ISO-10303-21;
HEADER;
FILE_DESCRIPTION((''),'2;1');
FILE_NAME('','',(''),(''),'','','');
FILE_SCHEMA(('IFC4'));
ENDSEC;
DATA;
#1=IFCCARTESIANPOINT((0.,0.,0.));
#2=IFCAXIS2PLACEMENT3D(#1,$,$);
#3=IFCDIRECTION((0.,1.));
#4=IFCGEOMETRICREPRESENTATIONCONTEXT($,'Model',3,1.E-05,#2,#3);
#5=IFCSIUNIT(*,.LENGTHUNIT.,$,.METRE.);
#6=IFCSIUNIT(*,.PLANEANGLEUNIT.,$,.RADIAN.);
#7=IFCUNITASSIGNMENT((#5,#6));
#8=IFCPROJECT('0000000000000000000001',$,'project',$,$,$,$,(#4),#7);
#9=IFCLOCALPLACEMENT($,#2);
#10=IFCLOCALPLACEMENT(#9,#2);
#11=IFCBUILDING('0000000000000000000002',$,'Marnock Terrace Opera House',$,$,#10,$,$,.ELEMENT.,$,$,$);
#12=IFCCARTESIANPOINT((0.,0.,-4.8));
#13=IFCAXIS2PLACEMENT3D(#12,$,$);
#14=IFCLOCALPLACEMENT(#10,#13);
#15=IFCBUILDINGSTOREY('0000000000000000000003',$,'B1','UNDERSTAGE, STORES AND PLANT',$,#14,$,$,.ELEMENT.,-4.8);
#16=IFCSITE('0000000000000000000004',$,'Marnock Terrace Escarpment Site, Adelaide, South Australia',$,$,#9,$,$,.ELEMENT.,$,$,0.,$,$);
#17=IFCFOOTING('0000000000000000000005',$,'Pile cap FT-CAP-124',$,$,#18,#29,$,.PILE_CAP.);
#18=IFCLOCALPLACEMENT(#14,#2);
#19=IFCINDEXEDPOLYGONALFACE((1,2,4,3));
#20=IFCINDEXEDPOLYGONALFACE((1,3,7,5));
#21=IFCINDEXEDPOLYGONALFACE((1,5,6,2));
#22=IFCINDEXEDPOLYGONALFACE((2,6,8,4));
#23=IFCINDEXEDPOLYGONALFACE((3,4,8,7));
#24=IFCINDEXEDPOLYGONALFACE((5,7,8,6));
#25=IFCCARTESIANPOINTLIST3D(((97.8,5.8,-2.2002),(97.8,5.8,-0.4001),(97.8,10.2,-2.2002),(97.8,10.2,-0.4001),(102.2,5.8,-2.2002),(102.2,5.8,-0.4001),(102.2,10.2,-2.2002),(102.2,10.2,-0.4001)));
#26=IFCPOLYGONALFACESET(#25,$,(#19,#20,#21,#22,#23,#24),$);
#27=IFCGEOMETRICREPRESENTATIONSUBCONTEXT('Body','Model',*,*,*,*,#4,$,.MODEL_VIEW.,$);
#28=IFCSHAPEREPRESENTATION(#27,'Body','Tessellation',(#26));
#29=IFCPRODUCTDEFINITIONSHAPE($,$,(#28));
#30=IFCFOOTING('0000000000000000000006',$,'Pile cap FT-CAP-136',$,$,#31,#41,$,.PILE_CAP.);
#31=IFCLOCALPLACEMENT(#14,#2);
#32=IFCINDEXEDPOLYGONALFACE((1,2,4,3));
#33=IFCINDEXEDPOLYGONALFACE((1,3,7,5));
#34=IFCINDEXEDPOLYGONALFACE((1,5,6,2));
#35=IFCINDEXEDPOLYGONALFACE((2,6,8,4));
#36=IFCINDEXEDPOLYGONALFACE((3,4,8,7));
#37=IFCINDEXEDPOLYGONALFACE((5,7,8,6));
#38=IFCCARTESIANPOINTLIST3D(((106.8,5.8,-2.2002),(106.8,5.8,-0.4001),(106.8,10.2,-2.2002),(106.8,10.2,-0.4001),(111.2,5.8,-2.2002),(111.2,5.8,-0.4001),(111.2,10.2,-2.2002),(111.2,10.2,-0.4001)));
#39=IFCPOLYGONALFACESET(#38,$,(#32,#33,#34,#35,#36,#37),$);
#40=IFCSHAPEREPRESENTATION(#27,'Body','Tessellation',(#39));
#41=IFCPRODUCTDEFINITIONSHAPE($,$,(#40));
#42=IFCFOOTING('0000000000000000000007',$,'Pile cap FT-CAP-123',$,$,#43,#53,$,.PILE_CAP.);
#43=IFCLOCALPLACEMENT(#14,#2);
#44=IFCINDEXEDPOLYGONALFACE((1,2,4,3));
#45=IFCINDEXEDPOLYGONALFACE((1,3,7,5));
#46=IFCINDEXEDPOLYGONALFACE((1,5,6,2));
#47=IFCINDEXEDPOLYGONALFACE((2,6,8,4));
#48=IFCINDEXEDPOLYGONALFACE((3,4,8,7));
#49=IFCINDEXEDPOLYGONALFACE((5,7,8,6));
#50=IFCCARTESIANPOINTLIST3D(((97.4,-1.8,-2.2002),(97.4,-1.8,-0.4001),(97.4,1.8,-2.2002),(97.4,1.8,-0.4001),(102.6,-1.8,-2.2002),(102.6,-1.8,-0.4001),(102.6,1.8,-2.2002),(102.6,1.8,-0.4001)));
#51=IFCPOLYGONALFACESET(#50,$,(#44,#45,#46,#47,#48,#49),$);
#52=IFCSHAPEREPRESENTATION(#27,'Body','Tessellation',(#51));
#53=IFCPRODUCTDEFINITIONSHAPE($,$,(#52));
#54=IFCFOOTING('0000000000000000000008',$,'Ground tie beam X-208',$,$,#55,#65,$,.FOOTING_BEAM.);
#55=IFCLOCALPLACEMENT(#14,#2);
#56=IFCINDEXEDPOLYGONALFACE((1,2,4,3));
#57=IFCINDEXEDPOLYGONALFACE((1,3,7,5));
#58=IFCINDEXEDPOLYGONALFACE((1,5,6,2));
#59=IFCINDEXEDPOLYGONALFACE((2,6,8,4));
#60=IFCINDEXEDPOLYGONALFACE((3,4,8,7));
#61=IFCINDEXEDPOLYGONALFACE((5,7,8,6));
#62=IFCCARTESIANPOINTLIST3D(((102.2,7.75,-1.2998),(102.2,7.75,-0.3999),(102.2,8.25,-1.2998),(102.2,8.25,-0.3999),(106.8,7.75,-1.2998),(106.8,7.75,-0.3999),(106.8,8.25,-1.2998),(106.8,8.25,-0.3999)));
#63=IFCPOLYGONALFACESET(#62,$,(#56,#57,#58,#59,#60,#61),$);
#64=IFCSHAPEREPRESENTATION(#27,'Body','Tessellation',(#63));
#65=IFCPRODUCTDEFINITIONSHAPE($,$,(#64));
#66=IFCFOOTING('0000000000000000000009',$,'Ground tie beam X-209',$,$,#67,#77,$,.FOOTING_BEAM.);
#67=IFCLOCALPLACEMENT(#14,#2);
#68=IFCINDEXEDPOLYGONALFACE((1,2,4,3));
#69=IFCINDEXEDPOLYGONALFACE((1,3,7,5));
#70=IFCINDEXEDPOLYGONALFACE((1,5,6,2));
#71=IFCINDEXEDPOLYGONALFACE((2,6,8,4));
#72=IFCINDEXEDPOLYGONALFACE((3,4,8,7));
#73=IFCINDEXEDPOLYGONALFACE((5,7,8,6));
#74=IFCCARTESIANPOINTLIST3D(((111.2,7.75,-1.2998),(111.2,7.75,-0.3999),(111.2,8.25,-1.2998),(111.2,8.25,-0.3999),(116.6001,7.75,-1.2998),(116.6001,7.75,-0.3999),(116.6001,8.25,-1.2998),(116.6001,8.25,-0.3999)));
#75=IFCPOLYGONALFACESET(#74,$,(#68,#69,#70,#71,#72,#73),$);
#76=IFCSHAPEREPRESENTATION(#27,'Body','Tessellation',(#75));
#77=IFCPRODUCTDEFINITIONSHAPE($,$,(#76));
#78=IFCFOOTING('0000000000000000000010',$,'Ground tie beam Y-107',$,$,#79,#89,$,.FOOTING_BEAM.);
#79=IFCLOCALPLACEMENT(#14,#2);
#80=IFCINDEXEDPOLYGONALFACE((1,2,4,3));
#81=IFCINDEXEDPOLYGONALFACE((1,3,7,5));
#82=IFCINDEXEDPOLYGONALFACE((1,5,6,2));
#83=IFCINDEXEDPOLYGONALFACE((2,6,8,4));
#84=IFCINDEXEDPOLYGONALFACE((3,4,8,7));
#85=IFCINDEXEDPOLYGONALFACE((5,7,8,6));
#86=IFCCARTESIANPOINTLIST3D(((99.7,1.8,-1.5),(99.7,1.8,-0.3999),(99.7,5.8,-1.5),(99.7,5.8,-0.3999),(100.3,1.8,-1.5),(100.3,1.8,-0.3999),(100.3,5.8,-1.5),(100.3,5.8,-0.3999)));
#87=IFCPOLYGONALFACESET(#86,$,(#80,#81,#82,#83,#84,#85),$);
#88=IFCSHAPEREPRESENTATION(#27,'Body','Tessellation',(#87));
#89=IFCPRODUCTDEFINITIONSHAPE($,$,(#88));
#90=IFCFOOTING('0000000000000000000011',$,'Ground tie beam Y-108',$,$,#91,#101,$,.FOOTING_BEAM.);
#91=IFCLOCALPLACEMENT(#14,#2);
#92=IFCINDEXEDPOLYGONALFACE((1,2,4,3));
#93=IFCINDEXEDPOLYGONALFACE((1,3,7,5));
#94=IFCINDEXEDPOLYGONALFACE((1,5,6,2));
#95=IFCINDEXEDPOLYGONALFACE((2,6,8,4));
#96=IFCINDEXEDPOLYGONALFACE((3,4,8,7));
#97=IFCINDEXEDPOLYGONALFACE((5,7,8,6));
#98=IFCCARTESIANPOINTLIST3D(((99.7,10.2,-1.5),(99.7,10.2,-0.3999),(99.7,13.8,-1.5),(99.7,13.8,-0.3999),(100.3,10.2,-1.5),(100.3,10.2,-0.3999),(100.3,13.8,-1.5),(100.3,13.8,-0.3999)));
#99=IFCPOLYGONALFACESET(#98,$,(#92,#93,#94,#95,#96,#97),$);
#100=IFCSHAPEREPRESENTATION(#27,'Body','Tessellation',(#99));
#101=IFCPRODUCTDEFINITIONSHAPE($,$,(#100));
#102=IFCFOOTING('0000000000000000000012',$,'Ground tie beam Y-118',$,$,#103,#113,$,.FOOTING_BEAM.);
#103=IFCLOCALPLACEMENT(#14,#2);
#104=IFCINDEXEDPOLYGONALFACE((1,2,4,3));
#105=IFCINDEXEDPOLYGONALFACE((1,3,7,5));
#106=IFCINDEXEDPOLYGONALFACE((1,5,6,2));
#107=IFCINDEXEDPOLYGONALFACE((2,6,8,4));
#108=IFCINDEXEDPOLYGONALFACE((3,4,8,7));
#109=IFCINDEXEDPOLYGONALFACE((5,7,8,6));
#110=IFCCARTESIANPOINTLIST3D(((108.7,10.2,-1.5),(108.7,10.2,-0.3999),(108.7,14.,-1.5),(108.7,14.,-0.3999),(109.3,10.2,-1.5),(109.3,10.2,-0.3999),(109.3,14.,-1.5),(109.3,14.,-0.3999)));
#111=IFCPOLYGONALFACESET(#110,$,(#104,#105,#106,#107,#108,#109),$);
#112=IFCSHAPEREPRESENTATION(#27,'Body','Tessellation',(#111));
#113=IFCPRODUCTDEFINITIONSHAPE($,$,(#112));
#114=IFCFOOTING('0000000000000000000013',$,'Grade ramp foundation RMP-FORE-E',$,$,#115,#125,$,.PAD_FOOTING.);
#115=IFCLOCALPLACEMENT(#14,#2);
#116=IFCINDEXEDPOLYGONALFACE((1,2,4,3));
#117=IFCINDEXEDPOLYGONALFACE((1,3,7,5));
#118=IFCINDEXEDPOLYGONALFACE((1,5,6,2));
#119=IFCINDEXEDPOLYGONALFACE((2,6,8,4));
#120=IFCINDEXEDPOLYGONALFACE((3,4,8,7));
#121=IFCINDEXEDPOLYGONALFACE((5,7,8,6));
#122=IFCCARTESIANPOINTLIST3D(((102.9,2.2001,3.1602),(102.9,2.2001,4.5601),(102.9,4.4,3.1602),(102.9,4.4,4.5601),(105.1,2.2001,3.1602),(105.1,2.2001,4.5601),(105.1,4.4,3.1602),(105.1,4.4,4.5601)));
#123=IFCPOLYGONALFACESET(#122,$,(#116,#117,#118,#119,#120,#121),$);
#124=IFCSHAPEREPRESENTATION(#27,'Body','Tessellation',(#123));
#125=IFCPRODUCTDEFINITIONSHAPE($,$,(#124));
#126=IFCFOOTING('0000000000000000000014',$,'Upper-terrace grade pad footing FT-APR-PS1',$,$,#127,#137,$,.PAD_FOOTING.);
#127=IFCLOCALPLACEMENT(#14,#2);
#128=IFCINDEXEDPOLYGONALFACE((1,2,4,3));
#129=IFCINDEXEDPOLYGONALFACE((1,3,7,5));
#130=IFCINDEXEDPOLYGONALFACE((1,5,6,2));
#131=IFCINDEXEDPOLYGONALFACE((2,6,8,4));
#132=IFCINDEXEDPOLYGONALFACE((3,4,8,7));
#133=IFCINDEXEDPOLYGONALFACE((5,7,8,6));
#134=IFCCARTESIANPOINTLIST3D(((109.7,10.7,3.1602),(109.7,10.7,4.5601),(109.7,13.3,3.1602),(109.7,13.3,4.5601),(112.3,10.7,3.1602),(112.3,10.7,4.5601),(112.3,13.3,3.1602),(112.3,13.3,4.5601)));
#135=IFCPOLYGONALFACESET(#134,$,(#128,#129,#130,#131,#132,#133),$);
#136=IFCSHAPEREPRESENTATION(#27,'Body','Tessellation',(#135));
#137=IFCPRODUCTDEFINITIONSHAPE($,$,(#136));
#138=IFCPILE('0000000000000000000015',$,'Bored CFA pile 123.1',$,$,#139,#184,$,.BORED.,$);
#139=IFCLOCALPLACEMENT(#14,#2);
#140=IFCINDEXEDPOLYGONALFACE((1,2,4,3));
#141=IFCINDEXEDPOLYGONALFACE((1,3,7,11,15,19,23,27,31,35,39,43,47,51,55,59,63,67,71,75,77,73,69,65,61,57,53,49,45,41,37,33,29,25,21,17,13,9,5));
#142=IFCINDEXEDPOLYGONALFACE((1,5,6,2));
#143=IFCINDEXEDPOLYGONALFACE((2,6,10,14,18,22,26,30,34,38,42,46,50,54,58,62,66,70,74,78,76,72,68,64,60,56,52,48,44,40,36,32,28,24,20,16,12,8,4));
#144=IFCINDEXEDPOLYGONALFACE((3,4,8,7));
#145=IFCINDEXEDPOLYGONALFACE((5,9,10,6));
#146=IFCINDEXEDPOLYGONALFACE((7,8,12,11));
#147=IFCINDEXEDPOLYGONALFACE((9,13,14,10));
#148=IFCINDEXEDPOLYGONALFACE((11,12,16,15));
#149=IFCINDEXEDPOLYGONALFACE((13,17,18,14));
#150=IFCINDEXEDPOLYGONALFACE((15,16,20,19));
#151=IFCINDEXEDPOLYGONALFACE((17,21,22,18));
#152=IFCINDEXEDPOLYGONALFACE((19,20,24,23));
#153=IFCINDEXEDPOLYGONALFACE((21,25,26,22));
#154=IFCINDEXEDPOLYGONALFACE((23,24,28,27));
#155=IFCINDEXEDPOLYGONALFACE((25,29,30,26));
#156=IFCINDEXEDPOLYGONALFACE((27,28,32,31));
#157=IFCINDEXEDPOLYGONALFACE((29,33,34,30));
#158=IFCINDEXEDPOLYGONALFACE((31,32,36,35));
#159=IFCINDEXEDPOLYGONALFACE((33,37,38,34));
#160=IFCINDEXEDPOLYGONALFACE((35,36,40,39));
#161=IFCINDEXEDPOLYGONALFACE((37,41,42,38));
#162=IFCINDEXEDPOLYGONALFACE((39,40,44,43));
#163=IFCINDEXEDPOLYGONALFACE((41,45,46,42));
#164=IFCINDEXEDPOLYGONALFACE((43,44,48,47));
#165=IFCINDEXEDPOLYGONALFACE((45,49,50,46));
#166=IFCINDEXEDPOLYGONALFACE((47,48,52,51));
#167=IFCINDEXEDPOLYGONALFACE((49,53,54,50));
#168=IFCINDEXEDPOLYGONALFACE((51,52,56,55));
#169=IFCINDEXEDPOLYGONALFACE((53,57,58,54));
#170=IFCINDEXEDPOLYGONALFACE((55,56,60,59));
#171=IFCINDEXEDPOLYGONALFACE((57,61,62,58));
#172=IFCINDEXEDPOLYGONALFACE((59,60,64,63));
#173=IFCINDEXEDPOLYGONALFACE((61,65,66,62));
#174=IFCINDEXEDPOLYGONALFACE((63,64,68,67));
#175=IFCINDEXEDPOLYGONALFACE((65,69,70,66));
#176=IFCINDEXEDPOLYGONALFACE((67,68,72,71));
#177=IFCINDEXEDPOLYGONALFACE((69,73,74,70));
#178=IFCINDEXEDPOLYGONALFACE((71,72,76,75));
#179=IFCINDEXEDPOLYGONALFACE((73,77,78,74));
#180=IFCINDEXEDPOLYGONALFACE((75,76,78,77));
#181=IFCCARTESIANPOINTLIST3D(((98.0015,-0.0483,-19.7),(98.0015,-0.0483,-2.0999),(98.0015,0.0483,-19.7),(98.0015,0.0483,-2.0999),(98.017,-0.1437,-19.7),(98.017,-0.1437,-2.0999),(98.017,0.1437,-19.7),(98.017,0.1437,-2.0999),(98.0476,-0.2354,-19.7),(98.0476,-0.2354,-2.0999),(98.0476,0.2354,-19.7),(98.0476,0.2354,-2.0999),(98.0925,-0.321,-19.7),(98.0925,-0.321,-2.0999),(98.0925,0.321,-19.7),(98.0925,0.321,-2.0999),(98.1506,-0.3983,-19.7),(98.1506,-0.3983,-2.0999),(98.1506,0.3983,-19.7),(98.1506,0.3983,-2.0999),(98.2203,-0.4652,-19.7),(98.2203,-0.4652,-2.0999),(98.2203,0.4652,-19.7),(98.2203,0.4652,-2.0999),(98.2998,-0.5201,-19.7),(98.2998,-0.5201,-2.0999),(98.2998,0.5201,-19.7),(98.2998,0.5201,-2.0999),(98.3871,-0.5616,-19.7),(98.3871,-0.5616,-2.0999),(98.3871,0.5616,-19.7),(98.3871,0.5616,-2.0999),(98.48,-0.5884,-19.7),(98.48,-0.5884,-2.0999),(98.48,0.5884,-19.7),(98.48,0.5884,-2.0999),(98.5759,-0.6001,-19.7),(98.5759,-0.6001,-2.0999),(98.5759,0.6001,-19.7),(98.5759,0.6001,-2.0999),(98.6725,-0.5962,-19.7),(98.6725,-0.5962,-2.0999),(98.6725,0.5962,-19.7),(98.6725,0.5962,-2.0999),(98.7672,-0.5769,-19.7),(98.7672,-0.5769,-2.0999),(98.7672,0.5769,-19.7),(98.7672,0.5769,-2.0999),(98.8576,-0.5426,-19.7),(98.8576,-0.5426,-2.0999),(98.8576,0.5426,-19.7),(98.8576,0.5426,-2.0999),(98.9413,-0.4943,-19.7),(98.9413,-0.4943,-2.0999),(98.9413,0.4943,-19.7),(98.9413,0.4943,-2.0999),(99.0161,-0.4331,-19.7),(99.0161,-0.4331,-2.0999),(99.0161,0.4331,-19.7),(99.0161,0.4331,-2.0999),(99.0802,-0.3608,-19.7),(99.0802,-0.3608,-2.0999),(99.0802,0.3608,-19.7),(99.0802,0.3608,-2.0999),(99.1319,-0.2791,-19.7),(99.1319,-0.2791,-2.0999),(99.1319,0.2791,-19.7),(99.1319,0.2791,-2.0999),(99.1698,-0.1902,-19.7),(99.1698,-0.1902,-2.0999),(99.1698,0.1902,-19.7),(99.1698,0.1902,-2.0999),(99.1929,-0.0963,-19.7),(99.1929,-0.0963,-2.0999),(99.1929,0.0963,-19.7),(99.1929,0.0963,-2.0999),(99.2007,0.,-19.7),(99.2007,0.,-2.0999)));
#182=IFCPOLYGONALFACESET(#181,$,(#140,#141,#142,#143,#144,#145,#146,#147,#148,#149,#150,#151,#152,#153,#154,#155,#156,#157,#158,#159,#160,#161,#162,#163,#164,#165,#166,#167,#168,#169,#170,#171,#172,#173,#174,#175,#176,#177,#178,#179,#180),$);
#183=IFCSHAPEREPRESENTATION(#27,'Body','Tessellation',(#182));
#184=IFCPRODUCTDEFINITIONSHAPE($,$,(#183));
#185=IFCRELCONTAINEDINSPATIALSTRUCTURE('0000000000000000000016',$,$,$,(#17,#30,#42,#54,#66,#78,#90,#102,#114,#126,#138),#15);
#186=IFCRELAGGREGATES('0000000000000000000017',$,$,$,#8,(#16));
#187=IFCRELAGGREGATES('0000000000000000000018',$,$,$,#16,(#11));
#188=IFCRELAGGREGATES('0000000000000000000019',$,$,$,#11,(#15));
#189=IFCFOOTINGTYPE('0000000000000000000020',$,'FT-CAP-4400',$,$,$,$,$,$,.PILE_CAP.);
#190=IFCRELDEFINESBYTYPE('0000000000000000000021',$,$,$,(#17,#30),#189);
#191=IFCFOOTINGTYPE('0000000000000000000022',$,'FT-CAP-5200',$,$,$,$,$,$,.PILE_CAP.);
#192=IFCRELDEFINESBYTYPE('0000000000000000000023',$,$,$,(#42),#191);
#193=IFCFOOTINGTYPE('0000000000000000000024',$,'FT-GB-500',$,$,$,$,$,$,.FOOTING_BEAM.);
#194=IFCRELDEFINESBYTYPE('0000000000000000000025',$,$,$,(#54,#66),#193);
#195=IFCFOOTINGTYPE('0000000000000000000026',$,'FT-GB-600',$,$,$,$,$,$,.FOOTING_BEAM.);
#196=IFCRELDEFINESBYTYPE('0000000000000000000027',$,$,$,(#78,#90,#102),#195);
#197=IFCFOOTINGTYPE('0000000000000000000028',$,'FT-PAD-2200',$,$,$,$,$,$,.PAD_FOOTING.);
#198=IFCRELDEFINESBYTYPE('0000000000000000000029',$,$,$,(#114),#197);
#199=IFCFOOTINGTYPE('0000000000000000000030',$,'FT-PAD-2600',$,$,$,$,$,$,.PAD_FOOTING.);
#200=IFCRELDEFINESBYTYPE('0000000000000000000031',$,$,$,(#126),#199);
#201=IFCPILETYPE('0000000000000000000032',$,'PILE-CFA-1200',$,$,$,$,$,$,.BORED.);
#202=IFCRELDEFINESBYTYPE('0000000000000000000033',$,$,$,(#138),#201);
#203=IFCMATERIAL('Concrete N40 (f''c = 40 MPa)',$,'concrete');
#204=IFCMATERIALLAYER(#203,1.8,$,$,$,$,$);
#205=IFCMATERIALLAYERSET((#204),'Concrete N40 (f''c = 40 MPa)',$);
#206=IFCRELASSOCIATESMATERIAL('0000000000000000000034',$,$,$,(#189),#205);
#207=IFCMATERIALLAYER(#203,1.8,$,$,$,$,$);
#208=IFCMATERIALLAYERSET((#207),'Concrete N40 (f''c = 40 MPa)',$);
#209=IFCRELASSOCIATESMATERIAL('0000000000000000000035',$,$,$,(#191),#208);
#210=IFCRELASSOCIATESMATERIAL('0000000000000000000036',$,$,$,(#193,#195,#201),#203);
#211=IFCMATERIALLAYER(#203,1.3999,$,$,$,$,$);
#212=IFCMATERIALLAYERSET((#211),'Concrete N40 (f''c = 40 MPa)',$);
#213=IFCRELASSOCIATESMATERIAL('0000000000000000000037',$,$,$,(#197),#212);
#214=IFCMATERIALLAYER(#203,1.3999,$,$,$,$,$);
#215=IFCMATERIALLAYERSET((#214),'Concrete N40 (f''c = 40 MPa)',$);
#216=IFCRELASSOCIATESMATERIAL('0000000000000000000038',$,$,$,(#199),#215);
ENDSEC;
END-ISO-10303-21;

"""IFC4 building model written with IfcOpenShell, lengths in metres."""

from ifc_helpers import new_model, si_unit, direction, frame, origin, origin_2d, place, context, subcontext, project, spatial, rectangle, circle, extrude, material, layer, layer_set, material_profile, profile_set, type_object, element, save


model = new_model("IFC4")

# Units and contexts
model_context = context("Model", 3, precision=1e-05, world=origin(), true_north=direction((0.0, 1.0)))
body_context = subcontext(model_context, "Body", "Model", "MODEL_VIEW")
ifc_project = project(units=[si_unit("LENGTHUNIT", "METRE"), si_unit("PLANEANGLEUNIT", "RADIAN")], contexts=[model_context])

# Site, building, storey
site_placement = place(None, origin())
site = spatial("IfcSite", under=ifc_project, at=site_placement, Name="Marnock Terrace Escarpment Site, Adelaide, South Australia", CompositionType="ELEMENT", RefElevation=0.0)
building_placement = place(site_placement, origin())
building = spatial("IfcBuilding", under=site, at=building_placement, Name="Marnock Terrace Opera House", CompositionType="ELEMENT")
storey_placement = place(building_placement, frame((0.0, 0.0, -4.8)))
storey = spatial("IfcBuildingStorey", under=building, at=storey_placement, Name="B1", Description="UNDERSTAGE, STORES AND PLANT", CompositionType="ELEMENT", Elevation=-4.8)

# Footings
ifc_material_1 = material(Name="Concrete N40 (f'c = 40 MPa)", Category="concrete")
ifc_layer_1 = layer(ifc_material_1, 1.8)
ifc_layer_set_1 = layer_set([ifc_layer_1], Name="Concrete N40 (f'c = 40 MPa)")
footing_type_1 = type_object("IfcFootingType", Name="FT-CAP-4400", PredefinedType="PILE_CAP", material=ifc_layer_set_1)
for number, where, z_axis, x_axis, name in (
    (1, (100.0, 8.0, -2.2002), (0.0, 0.0, 1.0), (1.0, 0.0, 0.0), "Pile cap FT-CAP-124"),
    (2, (109.0, 8.0, -2.2002), (0.0, 0.0, 1.0), (1.0, 0.0, 0.0), "Pile cap FT-CAP-136"),
):
    element("IfcFooting", number, at=place(storey_placement, frame(where, z_axis=z_axis, x_axis=x_axis)), inside=storey, type_object=footing_type_1, Name=name, PredefinedType="PILE_CAP", context=body_context, shape_type="SweptSolid", body=[
        extrude(rectangle(XDim=4.3999, YDim=4.3999, at=origin_2d()), origin(), (0.0, 0.0, 1.0), 1.8),
    ])
ifc_layer_2 = layer(ifc_material_1, 1.8)
ifc_layer_set_2 = layer_set([ifc_layer_2], Name="Concrete N40 (f'c = 40 MPa)")
footing_type_2 = type_object("IfcFootingType", Name="FT-CAP-5200", PredefinedType="PILE_CAP", material=ifc_layer_set_2)
footing_1_placement = place(storey_placement, frame((100.0, 0.0, -2.2002), z_axis=(0.0, 0.0, 1.0), x_axis=(1.0, 0.0, 0.0)))
element("IfcFooting", 3, at=footing_1_placement, inside=storey, type_object=footing_type_2, Name="Pile cap FT-CAP-123", PredefinedType="PILE_CAP", context=body_context, shape_type="SweptSolid", body=[
    extrude(rectangle(XDim=5.2, YDim=3.6001, at=origin_2d()), origin(), (0.0, 0.0, 1.0), 1.8),
])
ifc_material_profile_1 = material_profile(ifc_material_1, rectangle(XDim=0.5, YDim=0.8999, at=origin_2d()))
ifc_profile_set_1 = profile_set([ifc_material_profile_1], Name="Concrete N40 (f'c = 40 MPa)")
footing_type_3 = type_object("IfcFootingType", Name="FT-GB-500", PredefinedType="FOOTING_BEAM", material=ifc_profile_set_1)
footing_2_placement = place(storey_placement, frame((102.2, 8.0, -0.8499), z_axis=(1.0, 0.0, 0.0), x_axis=(0.0, 1.0, 0.0)))
element("IfcFooting", 4, at=footing_2_placement, inside=storey, type_object=footing_type_3, Name="Ground tie beam X-208", PredefinedType="FOOTING_BEAM", context=body_context, shape_type="SweptSolid", body=[
    extrude(rectangle(XDim=0.5, YDim=0.8999, at=origin_2d()), origin(), (0.0, 0.0, 1.0), 4.6001),
])
footing_3_placement = place(storey_placement, frame((111.2, 8.0, -0.8499), z_axis=(1.0, 0.0, 0.0), x_axis=(0.0, 1.0, 0.0)))
element("IfcFooting", 5, at=footing_3_placement, inside=storey, type_object=footing_type_3, Name="Ground tie beam X-209", PredefinedType="FOOTING_BEAM", context=body_context, shape_type="SweptSolid", body=[
    extrude(rectangle(XDim=0.5, YDim=0.8999, at=origin_2d()), origin(), (0.0, 0.0, 1.0), 5.4001),
])
ifc_material_profile_2 = material_profile(ifc_material_1, rectangle(XDim=0.6001, YDim=1.1001, at=origin_2d()))
ifc_profile_set_2 = profile_set([ifc_material_profile_2], Name="Concrete N40 (f'c = 40 MPa)")
footing_type_4 = type_object("IfcFootingType", Name="FT-GB-600", PredefinedType="FOOTING_BEAM", material=ifc_profile_set_2)
footing_4_placement = place(storey_placement, frame((100.0, 1.8, -0.95), z_axis=(0.0, 1.0, 0.0), x_axis=(-1.0, 0.0, 0.0)))
element("IfcFooting", 6, at=footing_4_placement, inside=storey, type_object=footing_type_4, Name="Ground tie beam Y-107", PredefinedType="FOOTING_BEAM", context=body_context, shape_type="SweptSolid", body=[
    extrude(rectangle(XDim=0.6001, YDim=1.1001, at=origin_2d()), origin(), (0.0, 0.0, 1.0), 4.0),
])
footing_5_placement = place(storey_placement, frame((100.0, 10.2, -0.95), z_axis=(0.0, 1.0, 0.0), x_axis=(-1.0, 0.0, 0.0)))
element("IfcFooting", 7, at=footing_5_placement, inside=storey, type_object=footing_type_4, Name="Ground tie beam Y-108", PredefinedType="FOOTING_BEAM", context=body_context, shape_type="SweptSolid", body=[
    extrude(rectangle(XDim=0.6001, YDim=1.1001, at=origin_2d()), origin(), (0.0, 0.0, 1.0), 3.6001),
])
footing_6_placement = place(storey_placement, frame((109.0, 10.2, -0.95), z_axis=(0.0, 1.0, 0.0), x_axis=(-1.0, 0.0, 0.0)))
element("IfcFooting", 8, at=footing_6_placement, inside=storey, type_object=footing_type_4, Name="Ground tie beam Y-118", PredefinedType="FOOTING_BEAM", context=body_context, shape_type="SweptSolid", body=[
    extrude(rectangle(XDim=0.6001, YDim=1.1001, at=origin_2d()), origin(), (0.0, 0.0, 1.0), 3.8),
])
ifc_layer_3 = layer(ifc_material_1, 1.3999)
ifc_layer_set_3 = layer_set([ifc_layer_3], Name="Concrete N40 (f'c = 40 MPa)")
footing_type_5 = type_object("IfcFootingType", Name="FT-PAD-2200", PredefinedType="PAD_FOOTING", material=ifc_layer_set_3)
footing_7_placement = place(storey_placement, frame((104.0, 3.3, 3.1602), z_axis=(0.0, 0.0, 1.0), x_axis=(1.0, 0.0, 0.0)))
element("IfcFooting", 9, at=footing_7_placement, inside=storey, type_object=footing_type_5, Name="Grade ramp foundation RMP-FORE-E", PredefinedType="PAD_FOOTING", context=body_context, shape_type="SweptSolid", body=[
    extrude(rectangle(XDim=2.2, YDim=2.2, at=origin_2d()), origin(), (0.0, 0.0, 1.0), 1.3999),
])
ifc_layer_4 = layer(ifc_material_1, 1.3999)
ifc_layer_set_4 = layer_set([ifc_layer_4], Name="Concrete N40 (f'c = 40 MPa)")
footing_type_6 = type_object("IfcFootingType", Name="FT-PAD-2600", PredefinedType="PAD_FOOTING", material=ifc_layer_set_4)
footing_8_placement = place(storey_placement, frame((111.0, 12.0, 3.1602), z_axis=(0.0, 0.0, 1.0), x_axis=(1.0, 0.0, 0.0)))
element("IfcFooting", 10, at=footing_8_placement, inside=storey, type_object=footing_type_6, Name="Upper-terrace grade pad footing FT-APR-PS1", PredefinedType="PAD_FOOTING", context=body_context, shape_type="SweptSolid", body=[
    extrude(rectangle(XDim=2.6001, YDim=2.6001, at=origin_2d()), origin(), (0.0, 0.0, 1.0), 1.3999),
])

# Pile
ifc_material_profile_3 = material_profile(ifc_material_1, circle(Radius=0.6006, at=origin_2d()))
ifc_profile_set_3 = profile_set([ifc_material_profile_3], Name="Concrete N40 (f'c = 40 MPa)")
pile_type = type_object("IfcPileType", Name="PILE-CFA-1200", PredefinedType="BORED", material=ifc_profile_set_3)
for number, where, z_axis, x_axis, name in (
    (11, (98.6001, 0.0, -2.0999), (0.0, 0.0, -1.0), (1.0, 0.0, 0.0), "Bored CFA pile 123.1"),
):
    element("IfcPile", number, at=place(storey_placement, frame(where, z_axis=z_axis, x_axis=x_axis)), inside=storey, type_object=pile_type, Name=name, PredefinedType="BORED", context=body_context, shape_type="SweptSolid", body=[
        extrude(circle(Radius=0.6006, at=origin_2d()), origin(), (0.0, 0.0, 1.0), 17.6001),
    ])

save(model, "model.ifc")
